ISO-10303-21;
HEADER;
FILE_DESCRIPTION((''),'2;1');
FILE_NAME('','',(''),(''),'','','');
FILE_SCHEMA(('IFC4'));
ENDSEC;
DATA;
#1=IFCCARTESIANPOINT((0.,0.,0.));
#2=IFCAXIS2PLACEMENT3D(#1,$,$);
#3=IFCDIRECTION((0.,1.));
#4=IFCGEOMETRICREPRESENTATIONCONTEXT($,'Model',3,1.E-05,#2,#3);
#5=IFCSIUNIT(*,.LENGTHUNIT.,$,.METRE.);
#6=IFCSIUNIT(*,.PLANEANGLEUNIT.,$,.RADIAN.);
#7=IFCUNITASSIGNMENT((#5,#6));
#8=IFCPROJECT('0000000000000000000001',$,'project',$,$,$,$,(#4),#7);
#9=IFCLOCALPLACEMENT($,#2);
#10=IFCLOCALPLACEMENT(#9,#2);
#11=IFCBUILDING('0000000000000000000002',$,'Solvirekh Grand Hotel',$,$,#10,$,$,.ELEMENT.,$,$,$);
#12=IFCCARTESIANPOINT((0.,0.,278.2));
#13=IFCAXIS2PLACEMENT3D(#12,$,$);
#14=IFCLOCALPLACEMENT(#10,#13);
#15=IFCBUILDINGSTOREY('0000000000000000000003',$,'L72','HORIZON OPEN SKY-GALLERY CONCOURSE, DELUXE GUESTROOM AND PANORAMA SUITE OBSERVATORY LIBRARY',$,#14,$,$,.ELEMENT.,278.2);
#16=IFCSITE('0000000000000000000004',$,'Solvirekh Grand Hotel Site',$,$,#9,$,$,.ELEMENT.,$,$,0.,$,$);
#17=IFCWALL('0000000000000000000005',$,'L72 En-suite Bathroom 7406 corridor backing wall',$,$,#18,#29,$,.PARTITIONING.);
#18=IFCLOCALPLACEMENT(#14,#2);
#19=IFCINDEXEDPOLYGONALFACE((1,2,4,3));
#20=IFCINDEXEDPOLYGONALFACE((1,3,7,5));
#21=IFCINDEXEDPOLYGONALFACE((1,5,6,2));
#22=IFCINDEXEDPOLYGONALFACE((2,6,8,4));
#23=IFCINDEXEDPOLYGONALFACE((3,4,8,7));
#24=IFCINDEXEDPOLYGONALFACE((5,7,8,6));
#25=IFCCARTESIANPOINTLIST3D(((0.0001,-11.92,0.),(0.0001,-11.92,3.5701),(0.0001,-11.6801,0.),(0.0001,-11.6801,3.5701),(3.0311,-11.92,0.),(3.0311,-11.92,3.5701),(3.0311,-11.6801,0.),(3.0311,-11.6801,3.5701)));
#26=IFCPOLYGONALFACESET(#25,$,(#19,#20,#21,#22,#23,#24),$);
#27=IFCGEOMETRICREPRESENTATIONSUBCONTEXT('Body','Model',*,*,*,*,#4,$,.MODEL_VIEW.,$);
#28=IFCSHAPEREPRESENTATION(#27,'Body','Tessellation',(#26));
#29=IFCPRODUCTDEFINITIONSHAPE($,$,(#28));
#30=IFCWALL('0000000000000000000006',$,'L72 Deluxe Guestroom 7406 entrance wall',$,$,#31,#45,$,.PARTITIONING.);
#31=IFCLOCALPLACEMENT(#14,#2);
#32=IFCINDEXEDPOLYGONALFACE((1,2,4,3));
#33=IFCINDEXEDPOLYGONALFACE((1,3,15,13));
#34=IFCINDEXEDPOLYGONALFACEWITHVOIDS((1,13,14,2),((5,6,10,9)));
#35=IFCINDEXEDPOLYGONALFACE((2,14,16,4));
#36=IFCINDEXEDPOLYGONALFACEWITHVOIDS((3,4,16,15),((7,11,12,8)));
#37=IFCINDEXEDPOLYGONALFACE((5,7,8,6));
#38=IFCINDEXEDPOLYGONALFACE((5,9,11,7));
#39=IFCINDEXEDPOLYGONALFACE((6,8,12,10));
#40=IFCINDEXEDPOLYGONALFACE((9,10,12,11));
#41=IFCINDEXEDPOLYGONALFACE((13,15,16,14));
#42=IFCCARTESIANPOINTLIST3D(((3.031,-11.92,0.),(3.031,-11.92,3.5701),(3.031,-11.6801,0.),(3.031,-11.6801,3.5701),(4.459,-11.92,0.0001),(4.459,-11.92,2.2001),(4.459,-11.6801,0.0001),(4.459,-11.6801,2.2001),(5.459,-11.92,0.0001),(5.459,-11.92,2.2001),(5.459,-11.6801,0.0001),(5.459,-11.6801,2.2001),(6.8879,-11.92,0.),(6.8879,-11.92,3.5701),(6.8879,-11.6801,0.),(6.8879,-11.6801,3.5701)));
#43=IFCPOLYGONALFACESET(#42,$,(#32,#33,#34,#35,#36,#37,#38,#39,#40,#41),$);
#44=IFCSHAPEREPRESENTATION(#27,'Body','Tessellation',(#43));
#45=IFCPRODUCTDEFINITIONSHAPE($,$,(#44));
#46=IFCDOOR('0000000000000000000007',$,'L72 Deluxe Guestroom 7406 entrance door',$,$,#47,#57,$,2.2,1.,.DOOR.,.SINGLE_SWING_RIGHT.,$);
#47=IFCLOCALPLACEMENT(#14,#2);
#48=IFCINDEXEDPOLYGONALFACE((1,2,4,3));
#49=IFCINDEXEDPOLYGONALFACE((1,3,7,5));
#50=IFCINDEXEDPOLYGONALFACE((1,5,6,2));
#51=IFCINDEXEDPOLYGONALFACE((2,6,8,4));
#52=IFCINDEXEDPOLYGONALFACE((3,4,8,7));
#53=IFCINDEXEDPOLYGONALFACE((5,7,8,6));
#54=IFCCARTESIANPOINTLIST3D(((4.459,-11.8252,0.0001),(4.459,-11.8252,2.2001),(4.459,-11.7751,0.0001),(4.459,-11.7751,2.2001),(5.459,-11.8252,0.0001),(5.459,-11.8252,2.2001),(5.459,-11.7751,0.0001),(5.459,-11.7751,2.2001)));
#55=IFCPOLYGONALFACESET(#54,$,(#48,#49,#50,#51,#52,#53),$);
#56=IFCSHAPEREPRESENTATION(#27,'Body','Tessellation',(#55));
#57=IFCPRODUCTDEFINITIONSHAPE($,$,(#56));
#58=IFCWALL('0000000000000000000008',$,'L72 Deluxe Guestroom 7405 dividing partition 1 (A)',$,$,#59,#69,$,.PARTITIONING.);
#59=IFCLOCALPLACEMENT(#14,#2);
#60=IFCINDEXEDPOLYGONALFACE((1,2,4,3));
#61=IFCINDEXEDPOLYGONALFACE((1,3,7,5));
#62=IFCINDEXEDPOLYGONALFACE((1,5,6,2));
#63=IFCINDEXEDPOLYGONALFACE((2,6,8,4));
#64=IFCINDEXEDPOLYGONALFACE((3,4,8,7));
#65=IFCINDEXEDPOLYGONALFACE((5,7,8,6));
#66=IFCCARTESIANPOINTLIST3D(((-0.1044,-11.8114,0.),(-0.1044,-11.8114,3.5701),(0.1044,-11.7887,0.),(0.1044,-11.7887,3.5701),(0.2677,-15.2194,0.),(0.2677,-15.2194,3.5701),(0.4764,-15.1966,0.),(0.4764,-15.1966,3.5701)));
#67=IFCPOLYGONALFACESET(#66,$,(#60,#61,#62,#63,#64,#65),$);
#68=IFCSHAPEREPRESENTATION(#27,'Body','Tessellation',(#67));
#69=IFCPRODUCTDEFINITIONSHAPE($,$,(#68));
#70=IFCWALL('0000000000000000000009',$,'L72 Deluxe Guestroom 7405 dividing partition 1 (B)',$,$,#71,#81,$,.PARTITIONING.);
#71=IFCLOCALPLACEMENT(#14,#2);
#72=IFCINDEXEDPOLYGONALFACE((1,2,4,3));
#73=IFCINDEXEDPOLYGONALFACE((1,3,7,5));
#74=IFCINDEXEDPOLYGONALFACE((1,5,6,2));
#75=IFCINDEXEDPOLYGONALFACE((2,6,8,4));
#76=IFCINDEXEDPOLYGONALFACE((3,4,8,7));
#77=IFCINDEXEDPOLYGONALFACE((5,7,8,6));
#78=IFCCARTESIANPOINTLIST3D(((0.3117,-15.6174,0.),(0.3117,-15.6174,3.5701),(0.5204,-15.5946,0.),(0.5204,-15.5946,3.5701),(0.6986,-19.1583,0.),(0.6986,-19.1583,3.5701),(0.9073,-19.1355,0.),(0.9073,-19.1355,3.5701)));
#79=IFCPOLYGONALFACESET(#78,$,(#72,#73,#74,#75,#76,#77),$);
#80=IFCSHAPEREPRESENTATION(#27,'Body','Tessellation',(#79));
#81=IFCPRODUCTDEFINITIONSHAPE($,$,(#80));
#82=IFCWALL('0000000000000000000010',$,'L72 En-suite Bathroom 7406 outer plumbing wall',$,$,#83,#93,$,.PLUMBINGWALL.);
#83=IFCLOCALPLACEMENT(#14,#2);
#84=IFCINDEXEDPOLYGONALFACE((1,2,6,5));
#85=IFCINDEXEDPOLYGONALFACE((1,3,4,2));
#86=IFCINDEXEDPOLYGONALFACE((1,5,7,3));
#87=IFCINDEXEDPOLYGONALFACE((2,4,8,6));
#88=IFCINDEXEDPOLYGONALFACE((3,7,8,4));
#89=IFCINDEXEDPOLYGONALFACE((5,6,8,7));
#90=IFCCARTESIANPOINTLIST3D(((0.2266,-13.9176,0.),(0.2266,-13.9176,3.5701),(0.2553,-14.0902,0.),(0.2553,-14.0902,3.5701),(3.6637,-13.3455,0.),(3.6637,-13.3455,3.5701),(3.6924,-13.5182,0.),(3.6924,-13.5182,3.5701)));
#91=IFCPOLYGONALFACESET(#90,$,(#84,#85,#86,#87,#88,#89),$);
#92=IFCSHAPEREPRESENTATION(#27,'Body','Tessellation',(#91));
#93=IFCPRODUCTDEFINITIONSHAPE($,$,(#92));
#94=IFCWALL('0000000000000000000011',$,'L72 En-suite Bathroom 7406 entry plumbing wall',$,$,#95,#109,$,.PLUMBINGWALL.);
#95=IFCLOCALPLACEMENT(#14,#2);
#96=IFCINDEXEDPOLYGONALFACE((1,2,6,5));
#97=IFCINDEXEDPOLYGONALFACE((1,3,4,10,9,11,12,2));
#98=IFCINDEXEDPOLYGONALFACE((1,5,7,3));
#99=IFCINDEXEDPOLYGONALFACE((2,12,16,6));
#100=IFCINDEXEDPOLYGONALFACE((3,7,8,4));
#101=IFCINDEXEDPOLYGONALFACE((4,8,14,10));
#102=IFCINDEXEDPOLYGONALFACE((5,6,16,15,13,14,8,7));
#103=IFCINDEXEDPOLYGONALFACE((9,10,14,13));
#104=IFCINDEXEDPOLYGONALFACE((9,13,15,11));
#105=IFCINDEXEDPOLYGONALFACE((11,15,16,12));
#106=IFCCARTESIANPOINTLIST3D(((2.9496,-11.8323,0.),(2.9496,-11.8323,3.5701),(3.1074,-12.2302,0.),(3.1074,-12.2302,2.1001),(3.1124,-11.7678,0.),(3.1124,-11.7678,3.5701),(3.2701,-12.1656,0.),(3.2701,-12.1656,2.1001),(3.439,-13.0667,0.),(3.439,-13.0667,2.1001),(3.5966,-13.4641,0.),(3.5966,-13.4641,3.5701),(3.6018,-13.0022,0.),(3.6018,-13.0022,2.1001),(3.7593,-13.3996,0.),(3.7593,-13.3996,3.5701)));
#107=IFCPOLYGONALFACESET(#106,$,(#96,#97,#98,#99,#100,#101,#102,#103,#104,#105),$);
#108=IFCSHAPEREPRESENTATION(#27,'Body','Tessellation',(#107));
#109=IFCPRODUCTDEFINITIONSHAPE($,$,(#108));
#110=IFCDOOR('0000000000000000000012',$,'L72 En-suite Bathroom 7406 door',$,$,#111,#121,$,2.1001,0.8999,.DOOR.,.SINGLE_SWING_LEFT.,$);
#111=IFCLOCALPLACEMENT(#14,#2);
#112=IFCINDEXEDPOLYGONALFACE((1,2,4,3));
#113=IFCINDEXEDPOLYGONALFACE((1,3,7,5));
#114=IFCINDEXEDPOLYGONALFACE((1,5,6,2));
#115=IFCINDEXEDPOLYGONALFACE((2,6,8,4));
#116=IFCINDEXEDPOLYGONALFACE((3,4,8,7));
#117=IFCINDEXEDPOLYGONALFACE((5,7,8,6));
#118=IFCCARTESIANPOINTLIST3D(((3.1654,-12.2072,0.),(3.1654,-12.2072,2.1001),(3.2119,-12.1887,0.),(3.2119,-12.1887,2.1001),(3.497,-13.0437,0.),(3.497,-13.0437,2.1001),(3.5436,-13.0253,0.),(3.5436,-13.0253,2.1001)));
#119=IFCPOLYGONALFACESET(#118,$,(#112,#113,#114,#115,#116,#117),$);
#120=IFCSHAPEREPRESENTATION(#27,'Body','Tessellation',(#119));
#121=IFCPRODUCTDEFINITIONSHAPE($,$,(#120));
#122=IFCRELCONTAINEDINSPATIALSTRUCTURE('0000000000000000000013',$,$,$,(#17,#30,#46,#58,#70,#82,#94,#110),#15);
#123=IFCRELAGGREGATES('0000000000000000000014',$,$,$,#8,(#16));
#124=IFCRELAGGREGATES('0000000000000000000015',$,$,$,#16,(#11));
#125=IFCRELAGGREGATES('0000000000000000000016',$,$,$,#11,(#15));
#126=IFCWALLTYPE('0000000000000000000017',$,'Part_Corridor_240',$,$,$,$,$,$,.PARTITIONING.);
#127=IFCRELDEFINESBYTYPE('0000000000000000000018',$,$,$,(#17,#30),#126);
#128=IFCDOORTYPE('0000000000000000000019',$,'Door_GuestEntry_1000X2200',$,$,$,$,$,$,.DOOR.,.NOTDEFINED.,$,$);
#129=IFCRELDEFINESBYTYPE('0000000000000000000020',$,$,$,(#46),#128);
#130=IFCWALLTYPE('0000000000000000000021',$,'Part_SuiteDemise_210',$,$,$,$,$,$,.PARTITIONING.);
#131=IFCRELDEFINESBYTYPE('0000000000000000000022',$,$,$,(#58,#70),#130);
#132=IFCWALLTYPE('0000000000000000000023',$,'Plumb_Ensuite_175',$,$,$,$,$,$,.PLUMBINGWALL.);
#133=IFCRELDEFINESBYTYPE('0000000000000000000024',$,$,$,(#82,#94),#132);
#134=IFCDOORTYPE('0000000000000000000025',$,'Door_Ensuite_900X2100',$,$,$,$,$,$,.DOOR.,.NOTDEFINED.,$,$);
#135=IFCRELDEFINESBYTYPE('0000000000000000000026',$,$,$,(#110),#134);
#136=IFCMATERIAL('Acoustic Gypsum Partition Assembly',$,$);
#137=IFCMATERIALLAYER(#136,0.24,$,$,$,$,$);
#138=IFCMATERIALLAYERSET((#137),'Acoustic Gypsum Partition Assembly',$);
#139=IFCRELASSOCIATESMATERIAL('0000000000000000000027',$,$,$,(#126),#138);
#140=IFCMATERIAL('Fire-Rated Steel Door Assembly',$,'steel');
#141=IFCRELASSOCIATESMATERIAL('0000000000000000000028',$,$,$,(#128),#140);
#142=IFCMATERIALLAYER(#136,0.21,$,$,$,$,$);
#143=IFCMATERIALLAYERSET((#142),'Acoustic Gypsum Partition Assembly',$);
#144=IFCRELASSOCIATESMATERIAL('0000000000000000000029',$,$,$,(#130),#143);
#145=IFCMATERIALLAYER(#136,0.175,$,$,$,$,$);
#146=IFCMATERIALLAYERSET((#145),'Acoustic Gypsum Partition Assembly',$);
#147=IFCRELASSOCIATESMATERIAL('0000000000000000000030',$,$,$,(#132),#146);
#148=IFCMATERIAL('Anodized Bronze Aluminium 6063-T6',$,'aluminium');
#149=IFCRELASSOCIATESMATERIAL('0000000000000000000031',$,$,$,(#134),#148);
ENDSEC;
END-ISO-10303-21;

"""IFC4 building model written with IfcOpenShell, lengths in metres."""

from ifc_helpers import new_model, si_unit, direction, frame, frame_2d, origin, place, context, subcontext, project, spatial, rectangle, extrude, material, layer, layer_set, type_object, element, fill, save


model = new_model("IFC4")

# Units and contexts
model_context = context("Model", 3, precision=1e-05, world=origin(), true_north=direction((0.0, 1.0)))
body_context = subcontext(model_context, "Body", "Model", "MODEL_VIEW")
ifc_project = project(units=[si_unit("LENGTHUNIT", "METRE"), si_unit("PLANEANGLEUNIT", "RADIAN")], contexts=[model_context])

# Site, building, storey
site_placement = place(None, origin())
site = spatial("IfcSite", under=ifc_project, at=site_placement, Name="Solvirekh Grand Hotel Site", CompositionType="ELEMENT", RefElevation=0.0)
building_placement = place(site_placement, origin())
building = spatial("IfcBuilding", under=site, at=building_placement, Name="Solvirekh Grand Hotel", CompositionType="ELEMENT")
storey_placement = place(building_placement, frame((0.0, 0.0, 278.2)))
storey = spatial("IfcBuildingStorey", under=building, at=storey_placement, Name="L72", Description="HORIZON OPEN SKY-GALLERY CONCOURSE, DELUXE GUESTROOM AND PANORAMA SUITE OBSERVATORY LIBRARY", CompositionType="ELEMENT", Elevation=278.2)

# Shared definitions
ifc_material_1 = material(Name="Anodized Bronze Aluminium 6063-T6", Category="aluminium")

# Shared definitions
ifc_material_2 = material(Name="Acoustic Gypsum Partition Assembly")

# Shared definitions
ifc_material_3 = material(Name="Fire-Rated Steel Door Assembly", Category="steel")

# Wall
ifc_layer_1 = layer(ifc_material_2, 0.24)
ifc_layer_set_1 = layer_set([ifc_layer_1], Name="Acoustic Gypsum Partition Assembly")
wall_type_1 = type_object("IfcWallType", Name="Part_Corridor_240", PredefinedType="PARTITIONING", material=ifc_layer_set_1)
wall_1_placement = place(storey_placement, frame((0.0, -11.8, 0.0), z_axis=(0.0, 0.0, 1.0), x_axis=(1.0, 0.0, 0.0)))
element("IfcWall", 1, at=wall_1_placement, inside=storey, type_object=wall_type_1, Name="L72 En-suite Bathroom 7406 corridor backing wall", PredefinedType="PARTITIONING", context=body_context, shape_type="SweptSolid", body=[
    extrude(rectangle(XDim=3.031, YDim=0.24, at=frame_2d((1.5156, 0.0))), origin(), (0.0, 0.0, 1.0), 3.5701),
])

# Wall, opening, door
wall_2_placement = place(storey_placement, frame((3.031, -11.8, 0.0), z_axis=(0.0, 0.0, 1.0), x_axis=(1.0, 0.0, 0.0)))
wall_2 = element("IfcWall", 2, at=wall_2_placement, inside=storey, type_object=wall_type_1, Name="L72 Deluxe Guestroom 7406 entrance wall", PredefinedType="PARTITIONING", context=body_context, shape_type="SweptSolid", body=[
    extrude(rectangle(XDim=3.8569, YDim=0.24, at=frame_2d((1.9285, 0.0))), origin(), (0.0, 0.0, 1.0), 3.5701),
])
opening_1_placement = place(wall_2_placement, frame((1.428, 0.0, 0.0)))
opening_1 = element("IfcOpeningElement", 3, at=opening_1_placement, cuts=wall_2, PredefinedType="OPENING", context=body_context, shape_type="SweptSolid", body=[
    extrude(rectangle(XDim=1.0, YDim=2.2, at=frame_2d((0.5, 1.1001))), frame((0.0, 0.1299, 0.0), z_axis=(0.0, -1.0, 0.0), x_axis=(1.0, 0.0, 0.0)), (0.0, 0.0, 1.0), 0.26),
])
door_type_1 = type_object("IfcDoorType", Name="Door_GuestEntry_1000X2200", OperationType="NOTDEFINED", PredefinedType="DOOR", material=ifc_material_3)
door_1_placement = place(opening_1_placement, origin())
door_1 = element("IfcDoor", 4, at=door_1_placement, inside=storey, type_object=door_type_1, Name="L72 Deluxe Guestroom 7406 entrance door", OperationType="SINGLE_SWING_RIGHT", OverallHeight=2.2, OverallWidth=1.0, PredefinedType="DOOR", context=body_context, shape_type="SweptSolid", body=[
    extrude(rectangle(XDim=1.0, YDim=2.2, at=frame_2d((0.5, 1.1001))), frame((0.0, 0.0249, 0.0), z_axis=(0.0, -1.0, 0.0), x_axis=(1.0, 0.0, 0.0)), (0.0, 0.0, 1.0), 0.05),
])
fill(opening_1, door_1)

# Walls
ifc_layer_2 = layer(ifc_material_2, 0.21)
ifc_layer_set_2 = layer_set([ifc_layer_2], Name="Acoustic Gypsum Partition Assembly")
wall_type_2 = type_object("IfcWallType", Name="Part_SuiteDemise_210", PredefinedType="PARTITIONING", material=ifc_layer_set_2)
wall_3_placement = place(storey_placement, frame((0.0, -11.8, 0.0), z_axis=(0.0, 0.0, 1.0), x_axis=(0.108532, -0.994093, 0.0)))
element("IfcWall", 5, at=wall_3_placement, inside=storey, type_object=wall_type_2, Name="L72 Deluxe Guestroom 7405 dividing partition 1 (A)", PredefinedType="PARTITIONING", context=body_context, shape_type="SweptSolid", body=[
    extrude(rectangle(XDim=3.4282, YDim=0.21, at=frame_2d((1.7141, 0.0))), origin(), (0.0, 0.0, 1.0), 3.5701),
])
wall_4_placement = place(storey_placement, frame((0.416, -15.606, 0.0), z_axis=(0.0, 0.0, 1.0), x_axis=(0.108633, -0.994082, 0.0)))
element("IfcWall", 6, at=wall_4_placement, inside=storey, type_object=wall_type_2, Name="L72 Deluxe Guestroom 7405 dividing partition 1 (B)", PredefinedType="PARTITIONING", context=body_context, shape_type="SweptSolid", body=[
    extrude(rectangle(XDim=3.562, YDim=0.21, at=frame_2d((1.781, 0.0))), origin(), (0.0, 0.0, 1.0), 3.5701),
])
ifc_layer_3 = layer(ifc_material_2, 0.175)
ifc_layer_set_3 = layer_set([ifc_layer_3], Name="Acoustic Gypsum Partition Assembly")
wall_type_3 = type_object("IfcWallType", Name="Plumb_Ensuite_175", PredefinedType="PLUMBINGWALL", material=ifc_layer_set_3)
wall_5_placement = place(storey_placement, frame((0.241, -14.0039, 0.0), z_axis=(0.0, 0.0, 1.0), x_axis=(0.986432, 0.164172, 0.0)))
element("IfcWall", 7, at=wall_5_placement, inside=storey, type_object=wall_type_3, Name="L72 En-suite Bathroom 7406 outer plumbing wall", PredefinedType="PLUMBINGWALL", context=body_context, shape_type="SweptSolid", body=[
    extrude(rectangle(XDim=3.4844, YDim=0.175, at=frame_2d((1.7422, 0.0))), origin(), (0.0, 0.0, 1.0), 3.5701),
])

# Wall, opening, door
wall_6_placement = place(storey_placement, frame((3.031, -11.8, 0.0), z_axis=(0.0, 0.0, 1.0), x_axis=(0.368559, -0.929604, 0.0)))
wall_6 = element("IfcWall", 8, at=wall_6_placement, inside=storey, type_object=wall_type_3, Name="L72 En-suite Bathroom 7406 entry plumbing wall", PredefinedType="PLUMBINGWALL", context=body_context, shape_type="SweptSolid", body=[
    extrude(rectangle(XDim=1.7554, YDim=0.175, at=frame_2d((0.8777, 0.0))), origin(), (0.0, 0.0, 1.0), 3.5701),
])
opening_2_placement = place(wall_6_placement, frame((0.428, 0.0, 0.0)))
opening_2 = element("IfcOpeningElement", 9, at=opening_2_placement, cuts=wall_6, PredefinedType="OPENING", context=body_context, shape_type="SweptSolid", body=[
    extrude(rectangle(XDim=0.8999, YDim=2.1001, at=frame_2d((0.45, 1.05))), frame((0.0, 0.0977, 0.0), z_axis=(0.0, -1.0, 0.0), x_axis=(1.0, 0.0, 0.0)), (0.0, 0.0, 1.0), 0.1951),
])
door_type_2 = type_object("IfcDoorType", Name="Door_Ensuite_900X2100", OperationType="NOTDEFINED", PredefinedType="DOOR", material=ifc_material_1)
door_2_placement = place(opening_2_placement, origin())
door_2 = element("IfcDoor", 10, at=door_2_placement, inside=storey, type_object=door_type_2, Name="L72 En-suite Bathroom 7406 door", OperationType="SINGLE_SWING_LEFT", OverallHeight=2.1001, OverallWidth=0.8999, PredefinedType="DOOR", context=body_context, shape_type="SweptSolid", body=[
    extrude(rectangle(XDim=0.8999, YDim=2.1001, at=frame_2d((0.45, 1.05))), frame((0.0, 0.0249, 0.0), z_axis=(0.0, -1.0, 0.0), x_axis=(1.0, 0.0, 0.0)), (0.0, 0.0, 1.0), 0.05),
])
fill(opening_2, door_2)

save(model, "model.ifc")
